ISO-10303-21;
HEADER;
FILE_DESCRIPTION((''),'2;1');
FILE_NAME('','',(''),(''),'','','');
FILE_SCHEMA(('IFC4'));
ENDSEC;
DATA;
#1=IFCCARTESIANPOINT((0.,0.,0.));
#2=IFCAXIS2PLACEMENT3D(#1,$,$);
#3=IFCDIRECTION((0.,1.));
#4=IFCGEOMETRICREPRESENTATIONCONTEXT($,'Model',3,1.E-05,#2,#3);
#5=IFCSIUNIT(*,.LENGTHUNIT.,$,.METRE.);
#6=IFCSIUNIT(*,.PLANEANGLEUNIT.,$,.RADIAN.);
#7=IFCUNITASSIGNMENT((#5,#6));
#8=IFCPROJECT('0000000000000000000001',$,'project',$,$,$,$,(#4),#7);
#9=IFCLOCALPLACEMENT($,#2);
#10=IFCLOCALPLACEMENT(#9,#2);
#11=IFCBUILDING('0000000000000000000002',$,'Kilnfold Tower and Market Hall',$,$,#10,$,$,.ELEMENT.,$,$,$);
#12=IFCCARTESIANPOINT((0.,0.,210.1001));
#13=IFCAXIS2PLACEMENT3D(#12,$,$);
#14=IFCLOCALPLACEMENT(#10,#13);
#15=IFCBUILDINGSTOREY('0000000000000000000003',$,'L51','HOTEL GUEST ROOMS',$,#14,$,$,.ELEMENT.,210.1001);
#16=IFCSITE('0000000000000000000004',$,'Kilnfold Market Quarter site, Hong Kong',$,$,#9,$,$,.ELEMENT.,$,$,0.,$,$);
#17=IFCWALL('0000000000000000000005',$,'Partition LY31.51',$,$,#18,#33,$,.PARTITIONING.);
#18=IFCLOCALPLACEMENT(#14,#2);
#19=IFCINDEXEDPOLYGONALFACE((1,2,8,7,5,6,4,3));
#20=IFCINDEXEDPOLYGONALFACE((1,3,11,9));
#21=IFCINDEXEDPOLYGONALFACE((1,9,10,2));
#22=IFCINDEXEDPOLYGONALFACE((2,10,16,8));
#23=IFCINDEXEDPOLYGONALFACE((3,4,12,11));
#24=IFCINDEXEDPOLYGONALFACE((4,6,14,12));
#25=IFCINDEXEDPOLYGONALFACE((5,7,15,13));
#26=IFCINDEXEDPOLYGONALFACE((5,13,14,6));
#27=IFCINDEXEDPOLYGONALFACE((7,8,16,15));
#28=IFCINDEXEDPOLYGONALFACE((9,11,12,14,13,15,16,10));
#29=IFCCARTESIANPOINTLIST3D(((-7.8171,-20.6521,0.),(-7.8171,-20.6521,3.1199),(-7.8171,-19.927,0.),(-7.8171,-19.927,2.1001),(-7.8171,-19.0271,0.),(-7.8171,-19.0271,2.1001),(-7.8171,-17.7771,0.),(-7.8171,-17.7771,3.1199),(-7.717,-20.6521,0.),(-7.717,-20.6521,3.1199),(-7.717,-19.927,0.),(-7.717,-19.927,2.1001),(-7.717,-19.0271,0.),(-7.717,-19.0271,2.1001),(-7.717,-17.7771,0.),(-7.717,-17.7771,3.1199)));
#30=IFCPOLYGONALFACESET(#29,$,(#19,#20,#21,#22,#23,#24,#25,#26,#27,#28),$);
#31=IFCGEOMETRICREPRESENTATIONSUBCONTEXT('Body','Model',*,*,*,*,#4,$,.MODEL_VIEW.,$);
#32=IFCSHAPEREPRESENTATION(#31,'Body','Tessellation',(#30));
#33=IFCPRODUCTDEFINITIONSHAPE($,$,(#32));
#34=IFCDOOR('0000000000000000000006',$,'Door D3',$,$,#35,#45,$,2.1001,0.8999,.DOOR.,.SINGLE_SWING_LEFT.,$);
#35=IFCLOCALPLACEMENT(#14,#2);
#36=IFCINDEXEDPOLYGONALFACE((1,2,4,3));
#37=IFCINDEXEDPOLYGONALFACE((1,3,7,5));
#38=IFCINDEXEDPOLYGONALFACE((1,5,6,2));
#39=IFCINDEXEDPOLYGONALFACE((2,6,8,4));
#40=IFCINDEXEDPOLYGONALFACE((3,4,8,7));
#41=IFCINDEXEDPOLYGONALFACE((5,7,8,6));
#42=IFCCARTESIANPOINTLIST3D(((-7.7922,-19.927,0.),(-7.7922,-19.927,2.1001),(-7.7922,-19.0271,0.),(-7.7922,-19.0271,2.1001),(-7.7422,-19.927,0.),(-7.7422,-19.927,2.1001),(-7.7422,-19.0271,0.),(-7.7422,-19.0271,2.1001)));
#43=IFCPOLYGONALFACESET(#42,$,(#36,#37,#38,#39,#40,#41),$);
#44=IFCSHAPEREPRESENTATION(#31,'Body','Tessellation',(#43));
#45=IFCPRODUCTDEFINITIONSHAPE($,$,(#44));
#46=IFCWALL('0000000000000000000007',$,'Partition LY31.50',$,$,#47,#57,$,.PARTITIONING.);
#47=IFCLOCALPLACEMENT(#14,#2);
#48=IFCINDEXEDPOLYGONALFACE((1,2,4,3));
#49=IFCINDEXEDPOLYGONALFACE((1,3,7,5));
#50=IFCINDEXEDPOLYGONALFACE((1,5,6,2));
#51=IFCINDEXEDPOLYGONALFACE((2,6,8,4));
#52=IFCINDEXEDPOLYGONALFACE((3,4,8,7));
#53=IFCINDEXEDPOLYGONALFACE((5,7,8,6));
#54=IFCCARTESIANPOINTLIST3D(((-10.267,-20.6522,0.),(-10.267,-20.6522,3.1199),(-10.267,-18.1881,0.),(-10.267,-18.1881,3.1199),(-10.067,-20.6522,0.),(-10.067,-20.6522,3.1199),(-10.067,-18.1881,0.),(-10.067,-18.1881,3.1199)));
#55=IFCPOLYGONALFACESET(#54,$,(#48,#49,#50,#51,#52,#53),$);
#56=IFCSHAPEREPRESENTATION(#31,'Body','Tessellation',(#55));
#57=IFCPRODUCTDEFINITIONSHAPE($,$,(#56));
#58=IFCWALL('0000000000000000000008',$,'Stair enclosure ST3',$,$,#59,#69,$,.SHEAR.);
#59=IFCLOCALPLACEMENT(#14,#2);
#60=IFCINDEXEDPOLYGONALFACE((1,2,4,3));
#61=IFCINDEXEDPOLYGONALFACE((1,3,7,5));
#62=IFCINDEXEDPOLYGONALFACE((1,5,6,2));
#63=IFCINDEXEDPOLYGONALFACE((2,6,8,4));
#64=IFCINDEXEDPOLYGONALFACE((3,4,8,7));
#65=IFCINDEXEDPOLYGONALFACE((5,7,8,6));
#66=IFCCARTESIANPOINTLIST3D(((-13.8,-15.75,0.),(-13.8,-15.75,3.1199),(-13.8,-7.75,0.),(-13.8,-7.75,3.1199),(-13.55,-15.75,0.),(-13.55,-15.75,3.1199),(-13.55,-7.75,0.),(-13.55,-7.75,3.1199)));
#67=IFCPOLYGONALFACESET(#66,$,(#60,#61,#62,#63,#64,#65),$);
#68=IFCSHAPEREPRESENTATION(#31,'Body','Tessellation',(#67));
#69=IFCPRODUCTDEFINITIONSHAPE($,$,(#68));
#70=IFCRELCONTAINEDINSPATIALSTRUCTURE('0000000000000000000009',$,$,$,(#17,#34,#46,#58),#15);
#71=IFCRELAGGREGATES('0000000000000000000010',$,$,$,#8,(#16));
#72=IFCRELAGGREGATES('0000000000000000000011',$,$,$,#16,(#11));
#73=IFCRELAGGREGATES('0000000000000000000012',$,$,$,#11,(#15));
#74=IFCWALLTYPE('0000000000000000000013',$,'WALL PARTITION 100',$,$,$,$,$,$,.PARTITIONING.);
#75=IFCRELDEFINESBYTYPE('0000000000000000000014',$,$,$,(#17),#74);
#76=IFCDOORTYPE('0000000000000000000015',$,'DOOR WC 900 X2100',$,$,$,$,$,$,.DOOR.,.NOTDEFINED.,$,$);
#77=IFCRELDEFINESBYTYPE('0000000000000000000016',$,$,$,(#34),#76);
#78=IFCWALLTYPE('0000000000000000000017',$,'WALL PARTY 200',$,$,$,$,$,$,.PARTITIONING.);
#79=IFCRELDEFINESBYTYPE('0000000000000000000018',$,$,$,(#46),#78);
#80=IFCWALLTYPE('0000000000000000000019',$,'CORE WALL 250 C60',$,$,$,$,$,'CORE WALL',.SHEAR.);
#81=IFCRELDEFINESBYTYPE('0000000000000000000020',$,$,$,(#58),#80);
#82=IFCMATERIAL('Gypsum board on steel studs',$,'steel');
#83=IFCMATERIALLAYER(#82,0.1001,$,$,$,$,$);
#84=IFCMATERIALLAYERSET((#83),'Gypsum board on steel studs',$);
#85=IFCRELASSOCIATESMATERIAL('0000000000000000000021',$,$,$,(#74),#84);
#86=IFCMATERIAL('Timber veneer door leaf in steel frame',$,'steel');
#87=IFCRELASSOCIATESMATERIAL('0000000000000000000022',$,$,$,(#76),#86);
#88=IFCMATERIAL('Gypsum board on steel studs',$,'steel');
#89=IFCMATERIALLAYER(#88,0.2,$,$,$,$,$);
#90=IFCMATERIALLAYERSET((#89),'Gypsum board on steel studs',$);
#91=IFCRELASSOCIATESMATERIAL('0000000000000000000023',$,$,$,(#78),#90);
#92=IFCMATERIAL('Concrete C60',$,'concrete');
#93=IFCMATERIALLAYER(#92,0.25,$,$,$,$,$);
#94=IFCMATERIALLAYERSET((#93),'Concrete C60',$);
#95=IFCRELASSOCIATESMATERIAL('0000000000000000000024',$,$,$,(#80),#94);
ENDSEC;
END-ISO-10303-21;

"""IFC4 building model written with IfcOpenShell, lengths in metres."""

from ifc_helpers import new_model, si_unit, direction, frame, frame_2d, origin, place, context, subcontext, project, spatial, rectangle, extrude, source, transform, mapped, material, layer, layer_set, type_object, element, fill, save


model = new_model("IFC4")

# Units and contexts
model_context = context("Model", 3, precision=1e-05, world=origin(), true_north=direction((0.0, 1.0)))
body_context = subcontext(model_context, "Body", "Model", "MODEL_VIEW")
ifc_project = project(units=[si_unit("LENGTHUNIT", "METRE"), si_unit("PLANEANGLEUNIT", "RADIAN")], contexts=[model_context])

# Site, building, storey
site_placement = place(None, origin())
site = spatial("IfcSite", under=ifc_project, at=site_placement, Name="Kilnfold Market Quarter site, Hong Kong", CompositionType="ELEMENT", RefElevation=0.0)
building_placement = place(site_placement, origin())
building = spatial("IfcBuilding", under=site, at=building_placement, Name="Kilnfold Tower and Market Hall", CompositionType="ELEMENT")
storey_placement = place(building_placement, frame((0.0, 0.0, 210.1001)))
storey = spatial("IfcBuildingStorey", under=building, at=storey_placement, Name="L51", Description="HOTEL GUEST ROOMS", CompositionType="ELEMENT", Elevation=210.1001)

# Wall, opening, door
ifc_material_1 = material(Name="Gypsum board on steel studs", Category="steel")
ifc_layer_1 = layer(ifc_material_1, 0.1001)
ifc_layer_set_1 = layer_set([ifc_layer_1], Name="Gypsum board on steel studs")
wall_type_1 = type_object("IfcWallType", Name="WALL PARTITION 100", PredefinedType="PARTITIONING", material=ifc_layer_set_1)
wall_1_placement = place(storey_placement, frame((-7.7671, -17.7771, 0.0), z_axis=(0.0, 0.0, 1.0), x_axis=(0.0, -1.0, 0.0)))
wall_1 = element("IfcWall", 1, at=wall_1_placement, inside=storey, type_object=wall_type_1, Name="Partition LY31.51", PredefinedType="PARTITIONING", context=body_context, shape_type="SweptSolid", body=[
    extrude(rectangle(XDim=2.875, YDim=0.1001, at=frame_2d((1.4375, 0.0))), origin(), (0.0, 0.0, 1.0), 3.1199),
])
opening_1_placement = place(wall_1_placement, frame((1.25, 0.0, 0.0)))
opening_1 = element("IfcOpeningElement", 2, at=opening_1_placement, cuts=wall_1, PredefinedType="OPENING", context=body_context, shape_type="SweptSolid", body=[
    extrude(rectangle(XDim=0.8999, YDim=2.1001, at=frame_2d((0.45, 1.05))), frame((0.0, 0.0601, 0.0), z_axis=(0.0, -1.0, 0.0), x_axis=(1.0, 0.0, 0.0)), (0.0, 0.0, 1.0), 0.1201),
])
ifc_material_2 = material(Name="Timber veneer door leaf in steel frame", Category="steel")
door_type_1 = type_object("IfcDoorType", Name="DOOR WC 900 X2100", OperationType="NOTDEFINED", PredefinedType="DOOR", material=ifc_material_2)
door_1_placement = place(opening_1_placement, origin())
door_1 = element("IfcDoor", 3, at=door_1_placement, inside=storey, type_object=door_type_1, Name="Door D3", OperationType="SINGLE_SWING_LEFT", OverallHeight=2.1001, OverallWidth=0.8999, PredefinedType="DOOR", context=body_context, shape_type="SweptSolid", body=[
    extrude(rectangle(XDim=0.8999, YDim=2.1001, at=frame_2d((0.45, 1.05))), frame((0.0, 0.0249, 0.0), z_axis=(0.0, -1.0, 0.0), x_axis=(1.0, 0.0, 0.0)), (0.0, 0.0, 1.0), 0.05),
])
fill(opening_1, door_1)

# Walls
ifc_material_3 = material(Name="Gypsum board on steel studs", Category="steel")
ifc_layer_2 = layer(ifc_material_3, 0.2)
ifc_layer_set_2 = layer_set([ifc_layer_2], Name="Gypsum board on steel studs")
wall_type_2 = type_object("IfcWallType", Name="WALL PARTY 200", PredefinedType="PARTITIONING", material=ifc_layer_set_2)
wall_2_placement = place(storey_placement, frame((-10.167, -20.6521, 0.0), z_axis=(0.0, 0.0, 1.0), x_axis=(0.0, 1.0, 0.0)))
element("IfcWall", 4, at=wall_2_placement, inside=storey, type_object=wall_type_2, Name="Partition LY31.50", PredefinedType="PARTITIONING", context=body_context, shape_type="SweptSolid", body=[
    extrude(rectangle(XDim=2.4641, YDim=0.2, at=frame_2d((1.2319, 0.0))), origin(), (0.0, 0.0, 1.0), 3.1199),
])
ifc_material_4 = material(Name="Concrete C60", Category="concrete")
ifc_layer_3 = layer(ifc_material_4, 0.25)
ifc_layer_set_3 = layer_set([ifc_layer_3], Name="Concrete C60")
wall_type_3 = type_object("IfcWallType", Name="CORE WALL 250 C60", ElementType="CORE WALL", PredefinedType="SHEAR", material=ifc_layer_set_3)
shared_shape_1 = source(origin(), body_context, "Body", "SweptSolid", [
    extrude(rectangle(XDim=8.0, YDim=0.25, at=frame_2d((4.0, 0.0))), origin(), (0.0, 0.0, 1.0), 3.1199),
])
wall_3_placement = place(storey_placement, frame((-13.675, -15.75, 0.0), z_axis=(0.0, 0.0, 1.0), x_axis=(0.0, 1.0, 0.0)))
element("IfcWall", 5, at=wall_3_placement, inside=storey, type_object=wall_type_3, Name="Stair enclosure ST3", PredefinedType="SHEAR", context=body_context, shape_type="MappedRepresentation", body=[
    mapped(shared_shape_1, transform((0.0, 0.0, 0.0))),
])

save(model, "model.ifc")
